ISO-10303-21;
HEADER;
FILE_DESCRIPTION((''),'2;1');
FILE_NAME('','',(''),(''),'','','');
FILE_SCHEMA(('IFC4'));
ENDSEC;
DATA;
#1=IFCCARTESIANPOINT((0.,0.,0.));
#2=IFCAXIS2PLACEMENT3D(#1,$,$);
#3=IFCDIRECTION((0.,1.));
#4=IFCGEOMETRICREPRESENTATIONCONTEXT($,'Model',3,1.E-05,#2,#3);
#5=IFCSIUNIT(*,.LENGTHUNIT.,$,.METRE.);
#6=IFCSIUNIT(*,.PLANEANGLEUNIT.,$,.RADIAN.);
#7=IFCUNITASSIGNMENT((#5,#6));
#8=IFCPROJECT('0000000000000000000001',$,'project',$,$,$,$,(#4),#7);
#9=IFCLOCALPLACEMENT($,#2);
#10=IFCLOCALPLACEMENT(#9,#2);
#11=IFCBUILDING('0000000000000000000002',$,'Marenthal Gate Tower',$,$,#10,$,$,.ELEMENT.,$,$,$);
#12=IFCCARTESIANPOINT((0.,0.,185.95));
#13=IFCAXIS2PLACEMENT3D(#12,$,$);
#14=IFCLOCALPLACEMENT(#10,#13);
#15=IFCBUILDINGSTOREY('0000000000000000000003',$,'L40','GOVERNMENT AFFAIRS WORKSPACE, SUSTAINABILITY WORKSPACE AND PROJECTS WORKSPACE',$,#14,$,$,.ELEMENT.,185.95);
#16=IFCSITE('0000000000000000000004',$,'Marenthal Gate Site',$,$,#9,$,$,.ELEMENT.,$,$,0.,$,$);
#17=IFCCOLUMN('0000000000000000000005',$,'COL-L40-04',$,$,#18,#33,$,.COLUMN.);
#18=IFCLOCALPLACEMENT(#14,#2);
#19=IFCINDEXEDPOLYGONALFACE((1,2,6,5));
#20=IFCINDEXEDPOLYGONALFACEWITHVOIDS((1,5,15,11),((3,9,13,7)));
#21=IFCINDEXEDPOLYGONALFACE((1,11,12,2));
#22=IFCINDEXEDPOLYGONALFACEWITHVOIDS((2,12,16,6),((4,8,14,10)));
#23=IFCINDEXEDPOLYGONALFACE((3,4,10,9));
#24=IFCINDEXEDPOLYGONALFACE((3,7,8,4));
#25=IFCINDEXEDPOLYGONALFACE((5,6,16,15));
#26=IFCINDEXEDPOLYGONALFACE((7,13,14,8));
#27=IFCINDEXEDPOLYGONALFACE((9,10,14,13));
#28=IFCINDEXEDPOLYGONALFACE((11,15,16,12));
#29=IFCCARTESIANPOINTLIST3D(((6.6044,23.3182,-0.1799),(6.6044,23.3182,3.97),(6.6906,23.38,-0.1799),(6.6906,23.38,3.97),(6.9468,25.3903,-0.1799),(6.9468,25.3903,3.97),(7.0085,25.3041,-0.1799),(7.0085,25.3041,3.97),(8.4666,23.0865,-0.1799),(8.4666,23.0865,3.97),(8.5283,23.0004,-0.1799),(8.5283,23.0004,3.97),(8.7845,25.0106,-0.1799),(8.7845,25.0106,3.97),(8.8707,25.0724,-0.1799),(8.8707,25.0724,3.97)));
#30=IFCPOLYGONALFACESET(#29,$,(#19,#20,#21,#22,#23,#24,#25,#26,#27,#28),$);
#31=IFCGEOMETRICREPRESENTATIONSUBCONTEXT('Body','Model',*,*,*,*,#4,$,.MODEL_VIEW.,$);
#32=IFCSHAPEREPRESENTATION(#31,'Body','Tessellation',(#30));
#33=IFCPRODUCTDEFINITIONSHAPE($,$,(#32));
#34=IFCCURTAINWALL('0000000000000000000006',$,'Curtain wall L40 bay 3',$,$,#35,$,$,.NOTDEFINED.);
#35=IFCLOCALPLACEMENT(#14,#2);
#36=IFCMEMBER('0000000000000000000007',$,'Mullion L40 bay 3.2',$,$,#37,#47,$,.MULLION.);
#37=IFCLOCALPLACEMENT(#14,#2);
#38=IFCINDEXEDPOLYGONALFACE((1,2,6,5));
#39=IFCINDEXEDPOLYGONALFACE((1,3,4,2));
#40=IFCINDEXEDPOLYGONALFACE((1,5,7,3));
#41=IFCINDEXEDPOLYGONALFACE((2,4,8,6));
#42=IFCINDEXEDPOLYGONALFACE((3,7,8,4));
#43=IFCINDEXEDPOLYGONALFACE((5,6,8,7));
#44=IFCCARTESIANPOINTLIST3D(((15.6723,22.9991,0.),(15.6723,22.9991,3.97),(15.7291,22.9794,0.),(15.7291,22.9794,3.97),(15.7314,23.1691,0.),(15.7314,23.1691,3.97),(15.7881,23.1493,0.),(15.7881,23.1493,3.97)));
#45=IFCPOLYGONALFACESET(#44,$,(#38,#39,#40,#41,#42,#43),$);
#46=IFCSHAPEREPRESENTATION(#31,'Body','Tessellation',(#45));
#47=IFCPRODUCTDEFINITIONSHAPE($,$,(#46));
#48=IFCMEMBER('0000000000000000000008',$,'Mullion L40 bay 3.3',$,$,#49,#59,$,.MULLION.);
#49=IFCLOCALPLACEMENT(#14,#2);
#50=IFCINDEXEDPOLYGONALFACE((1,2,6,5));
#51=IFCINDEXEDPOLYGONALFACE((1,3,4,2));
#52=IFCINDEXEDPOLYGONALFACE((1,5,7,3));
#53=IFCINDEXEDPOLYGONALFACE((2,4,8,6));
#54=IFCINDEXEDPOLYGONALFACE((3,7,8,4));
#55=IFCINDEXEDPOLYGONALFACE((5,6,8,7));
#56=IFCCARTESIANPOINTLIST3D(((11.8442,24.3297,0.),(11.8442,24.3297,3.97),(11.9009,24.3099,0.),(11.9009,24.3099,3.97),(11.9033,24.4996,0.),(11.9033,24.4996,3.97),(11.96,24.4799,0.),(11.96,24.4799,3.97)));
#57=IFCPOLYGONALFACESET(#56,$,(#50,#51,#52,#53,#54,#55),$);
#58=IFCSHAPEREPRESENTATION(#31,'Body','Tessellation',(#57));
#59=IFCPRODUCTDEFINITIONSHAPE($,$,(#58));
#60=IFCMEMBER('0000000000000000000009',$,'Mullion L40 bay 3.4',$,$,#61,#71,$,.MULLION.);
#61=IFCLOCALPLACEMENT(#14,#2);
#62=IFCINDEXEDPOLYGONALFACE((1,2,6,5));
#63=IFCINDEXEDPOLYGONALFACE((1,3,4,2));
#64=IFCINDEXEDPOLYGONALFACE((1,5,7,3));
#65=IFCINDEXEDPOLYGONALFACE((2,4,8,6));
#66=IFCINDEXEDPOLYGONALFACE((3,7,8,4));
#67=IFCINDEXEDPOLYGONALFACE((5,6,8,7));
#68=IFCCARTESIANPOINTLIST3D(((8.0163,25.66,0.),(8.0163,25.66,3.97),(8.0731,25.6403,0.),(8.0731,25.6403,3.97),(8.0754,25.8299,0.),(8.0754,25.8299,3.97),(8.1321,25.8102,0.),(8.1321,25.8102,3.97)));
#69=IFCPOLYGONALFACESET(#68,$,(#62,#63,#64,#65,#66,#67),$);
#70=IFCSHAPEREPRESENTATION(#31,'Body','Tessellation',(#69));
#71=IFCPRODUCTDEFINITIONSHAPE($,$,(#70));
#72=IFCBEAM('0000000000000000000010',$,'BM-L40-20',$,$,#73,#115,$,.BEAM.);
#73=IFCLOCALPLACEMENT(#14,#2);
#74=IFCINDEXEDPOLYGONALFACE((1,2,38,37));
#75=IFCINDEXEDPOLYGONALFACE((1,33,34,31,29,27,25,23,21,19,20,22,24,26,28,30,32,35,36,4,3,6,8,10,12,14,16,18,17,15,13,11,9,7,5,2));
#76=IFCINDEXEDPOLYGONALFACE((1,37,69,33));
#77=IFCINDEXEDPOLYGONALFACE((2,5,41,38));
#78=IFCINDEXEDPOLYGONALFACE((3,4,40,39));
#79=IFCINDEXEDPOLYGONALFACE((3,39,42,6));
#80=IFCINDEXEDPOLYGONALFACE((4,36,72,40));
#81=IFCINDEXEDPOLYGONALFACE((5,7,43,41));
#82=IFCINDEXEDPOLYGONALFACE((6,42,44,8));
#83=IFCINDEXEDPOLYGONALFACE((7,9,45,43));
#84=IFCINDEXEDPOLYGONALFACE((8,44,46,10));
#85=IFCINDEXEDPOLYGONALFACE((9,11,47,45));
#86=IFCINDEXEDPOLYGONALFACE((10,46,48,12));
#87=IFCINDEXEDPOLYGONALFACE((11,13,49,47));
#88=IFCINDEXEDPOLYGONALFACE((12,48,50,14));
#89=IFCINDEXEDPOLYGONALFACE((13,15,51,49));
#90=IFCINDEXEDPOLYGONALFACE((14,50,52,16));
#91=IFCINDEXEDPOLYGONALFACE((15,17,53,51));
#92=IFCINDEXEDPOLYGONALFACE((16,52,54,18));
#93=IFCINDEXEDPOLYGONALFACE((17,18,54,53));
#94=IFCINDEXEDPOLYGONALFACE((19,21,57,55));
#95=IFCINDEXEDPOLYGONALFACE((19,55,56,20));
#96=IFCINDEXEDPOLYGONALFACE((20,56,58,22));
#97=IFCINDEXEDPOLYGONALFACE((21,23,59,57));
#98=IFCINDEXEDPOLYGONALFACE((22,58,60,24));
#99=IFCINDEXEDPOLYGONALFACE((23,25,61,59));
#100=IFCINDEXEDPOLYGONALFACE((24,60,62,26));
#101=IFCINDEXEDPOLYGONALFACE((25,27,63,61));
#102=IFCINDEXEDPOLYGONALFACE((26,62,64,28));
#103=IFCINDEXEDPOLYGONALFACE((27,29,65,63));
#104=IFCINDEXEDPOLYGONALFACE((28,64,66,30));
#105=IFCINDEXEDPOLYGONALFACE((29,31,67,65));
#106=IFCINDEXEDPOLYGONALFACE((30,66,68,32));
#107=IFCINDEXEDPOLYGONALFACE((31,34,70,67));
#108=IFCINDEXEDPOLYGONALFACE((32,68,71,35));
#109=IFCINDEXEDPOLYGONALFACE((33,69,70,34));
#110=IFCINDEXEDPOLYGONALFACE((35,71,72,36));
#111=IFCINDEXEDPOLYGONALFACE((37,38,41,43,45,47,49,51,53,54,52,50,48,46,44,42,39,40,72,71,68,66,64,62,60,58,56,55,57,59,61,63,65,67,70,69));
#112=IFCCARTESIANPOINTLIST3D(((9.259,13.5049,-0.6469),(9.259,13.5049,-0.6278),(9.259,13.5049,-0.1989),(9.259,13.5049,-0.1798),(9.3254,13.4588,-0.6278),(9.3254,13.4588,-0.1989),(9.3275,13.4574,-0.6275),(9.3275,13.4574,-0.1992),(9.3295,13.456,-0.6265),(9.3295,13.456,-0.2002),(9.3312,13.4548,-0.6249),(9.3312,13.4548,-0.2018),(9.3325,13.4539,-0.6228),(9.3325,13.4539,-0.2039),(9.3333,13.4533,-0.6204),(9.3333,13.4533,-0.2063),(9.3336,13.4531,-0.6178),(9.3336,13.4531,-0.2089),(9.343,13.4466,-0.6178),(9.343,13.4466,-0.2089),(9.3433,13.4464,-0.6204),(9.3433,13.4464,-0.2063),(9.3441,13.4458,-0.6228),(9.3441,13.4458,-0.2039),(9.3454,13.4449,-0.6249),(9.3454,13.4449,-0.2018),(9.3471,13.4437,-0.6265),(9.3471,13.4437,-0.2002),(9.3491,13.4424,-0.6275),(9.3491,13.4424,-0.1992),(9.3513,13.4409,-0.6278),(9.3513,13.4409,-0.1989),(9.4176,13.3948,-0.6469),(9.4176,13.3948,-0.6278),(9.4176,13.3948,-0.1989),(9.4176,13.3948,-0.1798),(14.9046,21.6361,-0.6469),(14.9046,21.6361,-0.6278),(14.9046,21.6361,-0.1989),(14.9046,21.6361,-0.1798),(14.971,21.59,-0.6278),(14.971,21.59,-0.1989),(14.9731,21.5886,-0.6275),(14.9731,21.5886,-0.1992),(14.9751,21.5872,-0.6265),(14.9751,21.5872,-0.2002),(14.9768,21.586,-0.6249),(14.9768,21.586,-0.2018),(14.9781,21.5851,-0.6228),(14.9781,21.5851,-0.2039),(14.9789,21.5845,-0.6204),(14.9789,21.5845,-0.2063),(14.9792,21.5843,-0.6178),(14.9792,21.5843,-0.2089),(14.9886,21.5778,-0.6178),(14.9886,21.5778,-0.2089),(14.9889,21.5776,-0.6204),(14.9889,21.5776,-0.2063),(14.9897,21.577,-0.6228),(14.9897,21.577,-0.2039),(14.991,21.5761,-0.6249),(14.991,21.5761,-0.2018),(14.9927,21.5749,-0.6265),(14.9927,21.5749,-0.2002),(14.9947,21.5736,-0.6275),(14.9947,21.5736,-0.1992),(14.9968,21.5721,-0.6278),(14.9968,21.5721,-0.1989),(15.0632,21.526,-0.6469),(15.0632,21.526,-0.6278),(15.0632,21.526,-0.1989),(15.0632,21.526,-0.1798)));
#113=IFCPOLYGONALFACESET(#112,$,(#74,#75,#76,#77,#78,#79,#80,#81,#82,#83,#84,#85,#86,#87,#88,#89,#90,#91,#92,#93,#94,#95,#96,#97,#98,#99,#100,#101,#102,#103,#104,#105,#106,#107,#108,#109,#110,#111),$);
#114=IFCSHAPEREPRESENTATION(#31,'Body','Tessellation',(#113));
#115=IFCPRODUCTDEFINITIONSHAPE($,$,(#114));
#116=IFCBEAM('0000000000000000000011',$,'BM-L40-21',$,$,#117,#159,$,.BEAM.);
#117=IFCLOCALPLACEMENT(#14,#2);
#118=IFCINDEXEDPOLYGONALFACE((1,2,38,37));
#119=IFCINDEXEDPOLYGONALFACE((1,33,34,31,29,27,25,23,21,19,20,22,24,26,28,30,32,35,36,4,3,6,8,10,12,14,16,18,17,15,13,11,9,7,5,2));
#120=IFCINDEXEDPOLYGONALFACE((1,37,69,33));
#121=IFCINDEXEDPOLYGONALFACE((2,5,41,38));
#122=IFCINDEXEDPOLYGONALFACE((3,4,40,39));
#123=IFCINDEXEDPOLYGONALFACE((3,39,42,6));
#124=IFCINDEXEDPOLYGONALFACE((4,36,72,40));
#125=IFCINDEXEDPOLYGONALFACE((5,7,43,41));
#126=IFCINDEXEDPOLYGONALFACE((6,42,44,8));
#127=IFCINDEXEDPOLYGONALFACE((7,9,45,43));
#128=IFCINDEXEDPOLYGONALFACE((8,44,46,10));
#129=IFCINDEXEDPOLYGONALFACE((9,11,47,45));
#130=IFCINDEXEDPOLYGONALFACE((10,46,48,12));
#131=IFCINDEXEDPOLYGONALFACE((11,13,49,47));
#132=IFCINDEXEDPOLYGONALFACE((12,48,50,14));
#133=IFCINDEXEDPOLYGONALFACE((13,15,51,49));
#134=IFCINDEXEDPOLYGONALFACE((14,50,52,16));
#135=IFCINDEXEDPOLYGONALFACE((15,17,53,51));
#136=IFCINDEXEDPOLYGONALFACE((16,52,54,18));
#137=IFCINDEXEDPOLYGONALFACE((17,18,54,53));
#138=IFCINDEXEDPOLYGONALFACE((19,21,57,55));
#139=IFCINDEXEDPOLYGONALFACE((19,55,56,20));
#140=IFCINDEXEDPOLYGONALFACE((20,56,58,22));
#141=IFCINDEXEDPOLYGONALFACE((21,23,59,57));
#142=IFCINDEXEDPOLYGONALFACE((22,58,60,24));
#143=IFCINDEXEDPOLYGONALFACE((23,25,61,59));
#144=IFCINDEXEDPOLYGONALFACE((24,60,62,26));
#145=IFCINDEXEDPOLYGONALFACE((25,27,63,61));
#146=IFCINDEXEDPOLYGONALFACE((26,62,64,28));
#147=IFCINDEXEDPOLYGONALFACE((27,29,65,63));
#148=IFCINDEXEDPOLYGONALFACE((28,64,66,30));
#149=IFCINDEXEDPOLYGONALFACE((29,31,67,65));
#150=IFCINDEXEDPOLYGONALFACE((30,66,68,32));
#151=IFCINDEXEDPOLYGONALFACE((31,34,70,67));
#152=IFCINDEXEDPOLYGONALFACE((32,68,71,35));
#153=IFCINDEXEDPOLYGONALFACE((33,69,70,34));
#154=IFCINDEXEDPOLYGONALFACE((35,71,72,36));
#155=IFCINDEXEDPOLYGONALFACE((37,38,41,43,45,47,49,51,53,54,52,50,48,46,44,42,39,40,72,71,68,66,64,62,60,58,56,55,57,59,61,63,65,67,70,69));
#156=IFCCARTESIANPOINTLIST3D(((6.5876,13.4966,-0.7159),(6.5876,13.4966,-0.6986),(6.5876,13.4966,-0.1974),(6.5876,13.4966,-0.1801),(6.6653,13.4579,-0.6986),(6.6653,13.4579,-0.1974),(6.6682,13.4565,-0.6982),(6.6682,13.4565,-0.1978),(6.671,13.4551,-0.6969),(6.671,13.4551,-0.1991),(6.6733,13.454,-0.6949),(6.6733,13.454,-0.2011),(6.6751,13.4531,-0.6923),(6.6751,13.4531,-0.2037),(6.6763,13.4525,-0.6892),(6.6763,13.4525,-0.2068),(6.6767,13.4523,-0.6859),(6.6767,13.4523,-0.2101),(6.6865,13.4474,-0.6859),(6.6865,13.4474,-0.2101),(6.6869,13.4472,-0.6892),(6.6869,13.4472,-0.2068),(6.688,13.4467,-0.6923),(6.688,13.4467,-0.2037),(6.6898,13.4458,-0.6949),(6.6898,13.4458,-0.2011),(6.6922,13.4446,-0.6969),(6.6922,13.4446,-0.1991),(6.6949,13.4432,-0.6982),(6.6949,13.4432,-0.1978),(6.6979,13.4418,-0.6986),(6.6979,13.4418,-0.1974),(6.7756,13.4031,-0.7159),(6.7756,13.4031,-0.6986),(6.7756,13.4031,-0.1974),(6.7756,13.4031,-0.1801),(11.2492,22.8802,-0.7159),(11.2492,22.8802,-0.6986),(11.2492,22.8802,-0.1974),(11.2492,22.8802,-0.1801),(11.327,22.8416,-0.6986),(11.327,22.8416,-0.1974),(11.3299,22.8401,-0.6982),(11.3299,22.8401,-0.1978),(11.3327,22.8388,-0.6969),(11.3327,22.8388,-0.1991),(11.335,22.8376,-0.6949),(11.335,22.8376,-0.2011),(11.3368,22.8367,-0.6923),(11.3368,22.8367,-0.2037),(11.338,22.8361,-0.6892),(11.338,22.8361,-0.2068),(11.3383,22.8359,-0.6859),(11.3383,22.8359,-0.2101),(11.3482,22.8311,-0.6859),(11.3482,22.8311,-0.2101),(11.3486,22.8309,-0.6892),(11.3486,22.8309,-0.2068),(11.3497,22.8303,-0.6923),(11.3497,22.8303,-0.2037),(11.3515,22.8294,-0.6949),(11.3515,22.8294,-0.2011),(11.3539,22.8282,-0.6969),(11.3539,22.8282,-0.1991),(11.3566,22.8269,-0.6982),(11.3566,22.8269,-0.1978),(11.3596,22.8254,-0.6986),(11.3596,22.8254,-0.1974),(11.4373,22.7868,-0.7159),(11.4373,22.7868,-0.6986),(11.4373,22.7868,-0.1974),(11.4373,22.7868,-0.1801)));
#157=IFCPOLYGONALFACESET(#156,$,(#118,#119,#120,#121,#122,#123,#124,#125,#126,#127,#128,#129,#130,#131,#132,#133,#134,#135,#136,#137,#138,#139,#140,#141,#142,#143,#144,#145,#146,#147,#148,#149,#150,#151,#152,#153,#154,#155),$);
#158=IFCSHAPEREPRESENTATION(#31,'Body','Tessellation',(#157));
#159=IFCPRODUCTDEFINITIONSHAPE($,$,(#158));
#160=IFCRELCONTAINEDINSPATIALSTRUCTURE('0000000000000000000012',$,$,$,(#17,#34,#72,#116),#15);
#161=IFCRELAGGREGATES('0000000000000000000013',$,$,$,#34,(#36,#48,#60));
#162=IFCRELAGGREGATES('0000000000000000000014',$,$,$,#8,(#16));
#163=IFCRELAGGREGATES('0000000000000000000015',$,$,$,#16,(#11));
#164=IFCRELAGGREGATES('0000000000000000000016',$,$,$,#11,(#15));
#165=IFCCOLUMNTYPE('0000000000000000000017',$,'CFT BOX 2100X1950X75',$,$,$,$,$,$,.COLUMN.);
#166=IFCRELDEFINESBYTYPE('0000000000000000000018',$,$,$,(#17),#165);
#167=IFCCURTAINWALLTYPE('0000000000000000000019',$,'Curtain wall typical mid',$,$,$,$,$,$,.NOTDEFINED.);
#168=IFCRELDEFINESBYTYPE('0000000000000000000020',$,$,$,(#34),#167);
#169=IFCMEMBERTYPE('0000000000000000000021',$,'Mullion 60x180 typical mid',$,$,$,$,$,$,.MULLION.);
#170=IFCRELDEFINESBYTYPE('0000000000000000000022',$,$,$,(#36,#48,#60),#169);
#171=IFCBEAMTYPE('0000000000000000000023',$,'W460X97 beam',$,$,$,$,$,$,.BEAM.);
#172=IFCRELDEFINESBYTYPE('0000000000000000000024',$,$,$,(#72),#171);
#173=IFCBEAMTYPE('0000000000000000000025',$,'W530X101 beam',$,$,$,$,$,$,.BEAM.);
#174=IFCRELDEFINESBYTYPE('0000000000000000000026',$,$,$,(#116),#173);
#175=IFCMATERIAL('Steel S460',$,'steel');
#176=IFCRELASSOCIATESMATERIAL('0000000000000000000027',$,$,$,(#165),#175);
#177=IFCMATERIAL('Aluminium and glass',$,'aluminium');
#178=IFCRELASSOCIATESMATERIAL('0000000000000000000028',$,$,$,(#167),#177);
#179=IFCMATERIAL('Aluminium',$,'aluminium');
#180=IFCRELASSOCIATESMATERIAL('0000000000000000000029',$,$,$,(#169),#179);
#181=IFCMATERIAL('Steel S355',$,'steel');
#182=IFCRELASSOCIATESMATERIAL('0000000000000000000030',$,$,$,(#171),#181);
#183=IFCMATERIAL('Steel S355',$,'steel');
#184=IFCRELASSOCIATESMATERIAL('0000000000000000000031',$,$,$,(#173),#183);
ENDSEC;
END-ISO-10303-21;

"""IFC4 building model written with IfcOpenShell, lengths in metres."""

from ifc_helpers import new_model, si_unit, direction, frame, origin, origin_2d, place, context, subcontext, project, spatial, rectangle, hollow_rectangle, i_section, extrude, material, material_profile, profile_set, type_object, element, aggregate, save


model = new_model("IFC4")

# Units and contexts
model_context = context("Model", 3, precision=1e-05, world=origin(), true_north=direction((0.0, 1.0)))
body_context = subcontext(model_context, "Body", "Model", "MODEL_VIEW")
ifc_project = project(units=[si_unit("LENGTHUNIT", "METRE"), si_unit("PLANEANGLEUNIT", "RADIAN")], contexts=[model_context])

# Site, building, storey
site_placement = place(None, origin())
site = spatial("IfcSite", under=ifc_project, at=site_placement, Name="Marenthal Gate Site", CompositionType="ELEMENT", RefElevation=0.0)
building_placement = place(site_placement, origin())
building = spatial("IfcBuilding", under=site, at=building_placement, Name="Marenthal Gate Tower", CompositionType="ELEMENT")
storey_placement = place(building_placement, frame((0.0, 0.0, 185.95)))
storey = spatial("IfcBuildingStorey", under=building, at=storey_placement, Name="L40", Description="GOVERNMENT AFFAIRS WORKSPACE, SUSTAINABILITY WORKSPACE AND PROJECTS WORKSPACE", CompositionType="ELEMENT", Elevation=185.95)

# Column
ifc_material_1 = material(Name="Steel S460", Category="steel")
ifc_material_profile_1 = material_profile(ifc_material_1, hollow_rectangle(XDim=1.95, YDim=2.1001, WallThickness=0.075, at=origin_2d()), Name="CFT BOX 2100X1950X75")
ifc_material_2 = material(Name="Concrete 70 MPa", Category="concrete")
ifc_material_profile_2 = material_profile(ifc_material_2, rectangle(XDim=1.8, YDim=1.95, at=origin_2d()), Name="CFT BOX 2100X1950X75 INFILL")
ifc_profile_set_1 = profile_set([ifc_material_profile_1, ifc_material_profile_2], Name="Steel S460 shell, Concrete 70 MPa infill")
column_type = type_object("IfcColumnType", Name="CFT BOX 2100X1950X75", PredefinedType="COLUMN", material=ifc_profile_set_1)
column_placement = place(storey_placement, frame((7.7375, 24.1953, -0.1799), z_axis=(0.0, 0.0, 1.0), x_axis=(0.986623, -0.163018, 0.0)))
element("IfcColumn", 1, at=column_placement, inside=storey, type_object=column_type, Name="COL-L40-04", PredefinedType="COLUMN", context=body_context, shape_type="SweptSolid", body=[
    extrude(hollow_rectangle(XDim=1.95, YDim=2.1001, WallThickness=0.075, at=origin_2d()), origin(), (0.0, 0.0, 1.0), 4.1499),
])

# Curtain wall, members
ifc_material_3 = material(Name="Aluminium and glass", Category="aluminium")
curtain_wall_type = type_object("IfcCurtainWallType", Name="Curtain wall typical mid", PredefinedType="NOTDEFINED", material=ifc_material_3)
curtain_wall_placement = place(storey_placement, origin())
curtain_wall = element("IfcCurtainWall", 2, at=curtain_wall_placement, inside=storey, type_object=curtain_wall_type, Name="Curtain wall L40 bay 3", PredefinedType="NOTDEFINED")
ifc_material_4 = material(Name="Aluminium", Category="aluminium")
ifc_material_profile_3 = material_profile(ifc_material_4, rectangle(XDim=0.1799, YDim=0.0601, at=origin_2d()), Name="60x180 aluminium mullion")
ifc_profile_set_2 = profile_set([ifc_material_profile_3], Name="Aluminium")
member_type = type_object("IfcMemberType", Name="Mullion 60x180 typical mid", PredefinedType="MULLION", material=ifc_profile_set_2)
member_1_placement = place(storey_placement, frame((15.7302, 23.0742, 0.0), z_axis=(0.0, 0.0, 1.0), x_axis=(-0.328273, -0.944583, 0.0)))
member_1 = element("IfcMember", 3, at=member_1_placement, type_object=member_type, Name="Mullion L40 bay 3.2", PredefinedType="MULLION", context=body_context, shape_type="SweptSolid", body=[
    extrude(rectangle(XDim=0.1799, YDim=0.0601, at=origin_2d()), origin(), (0.0, 0.0, 1.0), 3.97),
])
member_2_placement = place(storey_placement, frame((11.9021, 24.4048, 0.0), z_axis=(0.0, 0.0, 1.0), x_axis=(-0.328273, -0.944583, 0.0)))
member_2 = element("IfcMember", 4, at=member_2_placement, type_object=member_type, Name="Mullion L40 bay 3.3", PredefinedType="MULLION", context=body_context, shape_type="SweptSolid", body=[
    extrude(rectangle(XDim=0.1799, YDim=0.0601, at=origin_2d()), origin(), (0.0, 0.0, 1.0), 3.97),
])
member_3_placement = place(storey_placement, frame((8.0742, 25.7351, 0.0), z_axis=(0.0, 0.0, 1.0), x_axis=(-0.328273, -0.944583, 0.0)))
member_3 = element("IfcMember", 5, at=member_3_placement, type_object=member_type, Name="Mullion L40 bay 3.4", PredefinedType="MULLION", context=body_context, shape_type="SweptSolid", body=[
    extrude(rectangle(XDim=0.1799, YDim=0.0601, at=origin_2d()), origin(), (0.0, 0.0, 1.0), 3.97),
])

# Beams
ifc_material_5 = material(Name="Steel S355", Category="steel")
ifc_material_profile_4 = material_profile(ifc_material_5, i_section(OverallWidth=0.1931, OverallDepth=0.467, WebThickness=0.0115, FlangeThickness=0.019, FilletRadius=0.01, at=origin_2d()), Name="W460X97")
ifc_profile_set_3 = profile_set([ifc_material_profile_4], Name="Steel S355")
beam_type_1 = type_object("IfcBeamType", Name="W460X97 beam", PredefinedType="BEAM", material=ifc_profile_set_3)
beam_1_placement = place(storey_placement, frame((14.9839, 21.5811, -0.4133), z_axis=(-0.570321, -0.821422, 0.0), x_axis=(0.821422, -0.570321, 0.0)))
element("IfcBeam", 6, at=beam_1_placement, inside=storey, type_object=beam_type_1, Name="BM-L40-20", PredefinedType="BEAM", context=body_context, shape_type="SweptSolid", body=[
    extrude(i_section(OverallWidth=0.1931, OverallDepth=0.467, WebThickness=0.0115, FlangeThickness=0.019, FilletRadius=0.01, at=origin_2d()), origin(), (0.0, 0.0, 1.0), 9.8989),
])
ifc_material_6 = material(Name="Steel S355", Category="steel")
ifc_material_profile_5 = material_profile(ifc_material_6, i_section(OverallWidth=0.21, OverallDepth=0.5359, WebThickness=0.011, FlangeThickness=0.0173, FilletRadius=0.0127, at=origin_2d()), Name="W530X101")
ifc_profile_set_4 = profile_set([ifc_material_profile_5], Name="Steel S355")
beam_type_2 = type_object("IfcBeamType", Name="W530X101 beam", PredefinedType="BEAM", material=ifc_profile_set_4)
beam_2_placement = place(storey_placement, frame((11.3433, 22.8335, -0.448), z_axis=(-0.44491, -0.895575, 0.0), x_axis=(0.895575, -0.44491, 0.0)))
element("IfcBeam", 7, at=beam_2_placement, inside=storey, type_object=beam_type_2, Name="BM-L40-21", PredefinedType="BEAM", context=body_context, shape_type="SweptSolid", body=[
    extrude(i_section(OverallWidth=0.21, OverallDepth=0.5359, WebThickness=0.011, FlangeThickness=0.0173, FilletRadius=0.0127, at=origin_2d()), origin(), (0.0, 0.0, 1.0), 10.4778),
])

aggregate(curtain_wall, [member_1, member_2, member_3])

save(model, "model.ifc")
